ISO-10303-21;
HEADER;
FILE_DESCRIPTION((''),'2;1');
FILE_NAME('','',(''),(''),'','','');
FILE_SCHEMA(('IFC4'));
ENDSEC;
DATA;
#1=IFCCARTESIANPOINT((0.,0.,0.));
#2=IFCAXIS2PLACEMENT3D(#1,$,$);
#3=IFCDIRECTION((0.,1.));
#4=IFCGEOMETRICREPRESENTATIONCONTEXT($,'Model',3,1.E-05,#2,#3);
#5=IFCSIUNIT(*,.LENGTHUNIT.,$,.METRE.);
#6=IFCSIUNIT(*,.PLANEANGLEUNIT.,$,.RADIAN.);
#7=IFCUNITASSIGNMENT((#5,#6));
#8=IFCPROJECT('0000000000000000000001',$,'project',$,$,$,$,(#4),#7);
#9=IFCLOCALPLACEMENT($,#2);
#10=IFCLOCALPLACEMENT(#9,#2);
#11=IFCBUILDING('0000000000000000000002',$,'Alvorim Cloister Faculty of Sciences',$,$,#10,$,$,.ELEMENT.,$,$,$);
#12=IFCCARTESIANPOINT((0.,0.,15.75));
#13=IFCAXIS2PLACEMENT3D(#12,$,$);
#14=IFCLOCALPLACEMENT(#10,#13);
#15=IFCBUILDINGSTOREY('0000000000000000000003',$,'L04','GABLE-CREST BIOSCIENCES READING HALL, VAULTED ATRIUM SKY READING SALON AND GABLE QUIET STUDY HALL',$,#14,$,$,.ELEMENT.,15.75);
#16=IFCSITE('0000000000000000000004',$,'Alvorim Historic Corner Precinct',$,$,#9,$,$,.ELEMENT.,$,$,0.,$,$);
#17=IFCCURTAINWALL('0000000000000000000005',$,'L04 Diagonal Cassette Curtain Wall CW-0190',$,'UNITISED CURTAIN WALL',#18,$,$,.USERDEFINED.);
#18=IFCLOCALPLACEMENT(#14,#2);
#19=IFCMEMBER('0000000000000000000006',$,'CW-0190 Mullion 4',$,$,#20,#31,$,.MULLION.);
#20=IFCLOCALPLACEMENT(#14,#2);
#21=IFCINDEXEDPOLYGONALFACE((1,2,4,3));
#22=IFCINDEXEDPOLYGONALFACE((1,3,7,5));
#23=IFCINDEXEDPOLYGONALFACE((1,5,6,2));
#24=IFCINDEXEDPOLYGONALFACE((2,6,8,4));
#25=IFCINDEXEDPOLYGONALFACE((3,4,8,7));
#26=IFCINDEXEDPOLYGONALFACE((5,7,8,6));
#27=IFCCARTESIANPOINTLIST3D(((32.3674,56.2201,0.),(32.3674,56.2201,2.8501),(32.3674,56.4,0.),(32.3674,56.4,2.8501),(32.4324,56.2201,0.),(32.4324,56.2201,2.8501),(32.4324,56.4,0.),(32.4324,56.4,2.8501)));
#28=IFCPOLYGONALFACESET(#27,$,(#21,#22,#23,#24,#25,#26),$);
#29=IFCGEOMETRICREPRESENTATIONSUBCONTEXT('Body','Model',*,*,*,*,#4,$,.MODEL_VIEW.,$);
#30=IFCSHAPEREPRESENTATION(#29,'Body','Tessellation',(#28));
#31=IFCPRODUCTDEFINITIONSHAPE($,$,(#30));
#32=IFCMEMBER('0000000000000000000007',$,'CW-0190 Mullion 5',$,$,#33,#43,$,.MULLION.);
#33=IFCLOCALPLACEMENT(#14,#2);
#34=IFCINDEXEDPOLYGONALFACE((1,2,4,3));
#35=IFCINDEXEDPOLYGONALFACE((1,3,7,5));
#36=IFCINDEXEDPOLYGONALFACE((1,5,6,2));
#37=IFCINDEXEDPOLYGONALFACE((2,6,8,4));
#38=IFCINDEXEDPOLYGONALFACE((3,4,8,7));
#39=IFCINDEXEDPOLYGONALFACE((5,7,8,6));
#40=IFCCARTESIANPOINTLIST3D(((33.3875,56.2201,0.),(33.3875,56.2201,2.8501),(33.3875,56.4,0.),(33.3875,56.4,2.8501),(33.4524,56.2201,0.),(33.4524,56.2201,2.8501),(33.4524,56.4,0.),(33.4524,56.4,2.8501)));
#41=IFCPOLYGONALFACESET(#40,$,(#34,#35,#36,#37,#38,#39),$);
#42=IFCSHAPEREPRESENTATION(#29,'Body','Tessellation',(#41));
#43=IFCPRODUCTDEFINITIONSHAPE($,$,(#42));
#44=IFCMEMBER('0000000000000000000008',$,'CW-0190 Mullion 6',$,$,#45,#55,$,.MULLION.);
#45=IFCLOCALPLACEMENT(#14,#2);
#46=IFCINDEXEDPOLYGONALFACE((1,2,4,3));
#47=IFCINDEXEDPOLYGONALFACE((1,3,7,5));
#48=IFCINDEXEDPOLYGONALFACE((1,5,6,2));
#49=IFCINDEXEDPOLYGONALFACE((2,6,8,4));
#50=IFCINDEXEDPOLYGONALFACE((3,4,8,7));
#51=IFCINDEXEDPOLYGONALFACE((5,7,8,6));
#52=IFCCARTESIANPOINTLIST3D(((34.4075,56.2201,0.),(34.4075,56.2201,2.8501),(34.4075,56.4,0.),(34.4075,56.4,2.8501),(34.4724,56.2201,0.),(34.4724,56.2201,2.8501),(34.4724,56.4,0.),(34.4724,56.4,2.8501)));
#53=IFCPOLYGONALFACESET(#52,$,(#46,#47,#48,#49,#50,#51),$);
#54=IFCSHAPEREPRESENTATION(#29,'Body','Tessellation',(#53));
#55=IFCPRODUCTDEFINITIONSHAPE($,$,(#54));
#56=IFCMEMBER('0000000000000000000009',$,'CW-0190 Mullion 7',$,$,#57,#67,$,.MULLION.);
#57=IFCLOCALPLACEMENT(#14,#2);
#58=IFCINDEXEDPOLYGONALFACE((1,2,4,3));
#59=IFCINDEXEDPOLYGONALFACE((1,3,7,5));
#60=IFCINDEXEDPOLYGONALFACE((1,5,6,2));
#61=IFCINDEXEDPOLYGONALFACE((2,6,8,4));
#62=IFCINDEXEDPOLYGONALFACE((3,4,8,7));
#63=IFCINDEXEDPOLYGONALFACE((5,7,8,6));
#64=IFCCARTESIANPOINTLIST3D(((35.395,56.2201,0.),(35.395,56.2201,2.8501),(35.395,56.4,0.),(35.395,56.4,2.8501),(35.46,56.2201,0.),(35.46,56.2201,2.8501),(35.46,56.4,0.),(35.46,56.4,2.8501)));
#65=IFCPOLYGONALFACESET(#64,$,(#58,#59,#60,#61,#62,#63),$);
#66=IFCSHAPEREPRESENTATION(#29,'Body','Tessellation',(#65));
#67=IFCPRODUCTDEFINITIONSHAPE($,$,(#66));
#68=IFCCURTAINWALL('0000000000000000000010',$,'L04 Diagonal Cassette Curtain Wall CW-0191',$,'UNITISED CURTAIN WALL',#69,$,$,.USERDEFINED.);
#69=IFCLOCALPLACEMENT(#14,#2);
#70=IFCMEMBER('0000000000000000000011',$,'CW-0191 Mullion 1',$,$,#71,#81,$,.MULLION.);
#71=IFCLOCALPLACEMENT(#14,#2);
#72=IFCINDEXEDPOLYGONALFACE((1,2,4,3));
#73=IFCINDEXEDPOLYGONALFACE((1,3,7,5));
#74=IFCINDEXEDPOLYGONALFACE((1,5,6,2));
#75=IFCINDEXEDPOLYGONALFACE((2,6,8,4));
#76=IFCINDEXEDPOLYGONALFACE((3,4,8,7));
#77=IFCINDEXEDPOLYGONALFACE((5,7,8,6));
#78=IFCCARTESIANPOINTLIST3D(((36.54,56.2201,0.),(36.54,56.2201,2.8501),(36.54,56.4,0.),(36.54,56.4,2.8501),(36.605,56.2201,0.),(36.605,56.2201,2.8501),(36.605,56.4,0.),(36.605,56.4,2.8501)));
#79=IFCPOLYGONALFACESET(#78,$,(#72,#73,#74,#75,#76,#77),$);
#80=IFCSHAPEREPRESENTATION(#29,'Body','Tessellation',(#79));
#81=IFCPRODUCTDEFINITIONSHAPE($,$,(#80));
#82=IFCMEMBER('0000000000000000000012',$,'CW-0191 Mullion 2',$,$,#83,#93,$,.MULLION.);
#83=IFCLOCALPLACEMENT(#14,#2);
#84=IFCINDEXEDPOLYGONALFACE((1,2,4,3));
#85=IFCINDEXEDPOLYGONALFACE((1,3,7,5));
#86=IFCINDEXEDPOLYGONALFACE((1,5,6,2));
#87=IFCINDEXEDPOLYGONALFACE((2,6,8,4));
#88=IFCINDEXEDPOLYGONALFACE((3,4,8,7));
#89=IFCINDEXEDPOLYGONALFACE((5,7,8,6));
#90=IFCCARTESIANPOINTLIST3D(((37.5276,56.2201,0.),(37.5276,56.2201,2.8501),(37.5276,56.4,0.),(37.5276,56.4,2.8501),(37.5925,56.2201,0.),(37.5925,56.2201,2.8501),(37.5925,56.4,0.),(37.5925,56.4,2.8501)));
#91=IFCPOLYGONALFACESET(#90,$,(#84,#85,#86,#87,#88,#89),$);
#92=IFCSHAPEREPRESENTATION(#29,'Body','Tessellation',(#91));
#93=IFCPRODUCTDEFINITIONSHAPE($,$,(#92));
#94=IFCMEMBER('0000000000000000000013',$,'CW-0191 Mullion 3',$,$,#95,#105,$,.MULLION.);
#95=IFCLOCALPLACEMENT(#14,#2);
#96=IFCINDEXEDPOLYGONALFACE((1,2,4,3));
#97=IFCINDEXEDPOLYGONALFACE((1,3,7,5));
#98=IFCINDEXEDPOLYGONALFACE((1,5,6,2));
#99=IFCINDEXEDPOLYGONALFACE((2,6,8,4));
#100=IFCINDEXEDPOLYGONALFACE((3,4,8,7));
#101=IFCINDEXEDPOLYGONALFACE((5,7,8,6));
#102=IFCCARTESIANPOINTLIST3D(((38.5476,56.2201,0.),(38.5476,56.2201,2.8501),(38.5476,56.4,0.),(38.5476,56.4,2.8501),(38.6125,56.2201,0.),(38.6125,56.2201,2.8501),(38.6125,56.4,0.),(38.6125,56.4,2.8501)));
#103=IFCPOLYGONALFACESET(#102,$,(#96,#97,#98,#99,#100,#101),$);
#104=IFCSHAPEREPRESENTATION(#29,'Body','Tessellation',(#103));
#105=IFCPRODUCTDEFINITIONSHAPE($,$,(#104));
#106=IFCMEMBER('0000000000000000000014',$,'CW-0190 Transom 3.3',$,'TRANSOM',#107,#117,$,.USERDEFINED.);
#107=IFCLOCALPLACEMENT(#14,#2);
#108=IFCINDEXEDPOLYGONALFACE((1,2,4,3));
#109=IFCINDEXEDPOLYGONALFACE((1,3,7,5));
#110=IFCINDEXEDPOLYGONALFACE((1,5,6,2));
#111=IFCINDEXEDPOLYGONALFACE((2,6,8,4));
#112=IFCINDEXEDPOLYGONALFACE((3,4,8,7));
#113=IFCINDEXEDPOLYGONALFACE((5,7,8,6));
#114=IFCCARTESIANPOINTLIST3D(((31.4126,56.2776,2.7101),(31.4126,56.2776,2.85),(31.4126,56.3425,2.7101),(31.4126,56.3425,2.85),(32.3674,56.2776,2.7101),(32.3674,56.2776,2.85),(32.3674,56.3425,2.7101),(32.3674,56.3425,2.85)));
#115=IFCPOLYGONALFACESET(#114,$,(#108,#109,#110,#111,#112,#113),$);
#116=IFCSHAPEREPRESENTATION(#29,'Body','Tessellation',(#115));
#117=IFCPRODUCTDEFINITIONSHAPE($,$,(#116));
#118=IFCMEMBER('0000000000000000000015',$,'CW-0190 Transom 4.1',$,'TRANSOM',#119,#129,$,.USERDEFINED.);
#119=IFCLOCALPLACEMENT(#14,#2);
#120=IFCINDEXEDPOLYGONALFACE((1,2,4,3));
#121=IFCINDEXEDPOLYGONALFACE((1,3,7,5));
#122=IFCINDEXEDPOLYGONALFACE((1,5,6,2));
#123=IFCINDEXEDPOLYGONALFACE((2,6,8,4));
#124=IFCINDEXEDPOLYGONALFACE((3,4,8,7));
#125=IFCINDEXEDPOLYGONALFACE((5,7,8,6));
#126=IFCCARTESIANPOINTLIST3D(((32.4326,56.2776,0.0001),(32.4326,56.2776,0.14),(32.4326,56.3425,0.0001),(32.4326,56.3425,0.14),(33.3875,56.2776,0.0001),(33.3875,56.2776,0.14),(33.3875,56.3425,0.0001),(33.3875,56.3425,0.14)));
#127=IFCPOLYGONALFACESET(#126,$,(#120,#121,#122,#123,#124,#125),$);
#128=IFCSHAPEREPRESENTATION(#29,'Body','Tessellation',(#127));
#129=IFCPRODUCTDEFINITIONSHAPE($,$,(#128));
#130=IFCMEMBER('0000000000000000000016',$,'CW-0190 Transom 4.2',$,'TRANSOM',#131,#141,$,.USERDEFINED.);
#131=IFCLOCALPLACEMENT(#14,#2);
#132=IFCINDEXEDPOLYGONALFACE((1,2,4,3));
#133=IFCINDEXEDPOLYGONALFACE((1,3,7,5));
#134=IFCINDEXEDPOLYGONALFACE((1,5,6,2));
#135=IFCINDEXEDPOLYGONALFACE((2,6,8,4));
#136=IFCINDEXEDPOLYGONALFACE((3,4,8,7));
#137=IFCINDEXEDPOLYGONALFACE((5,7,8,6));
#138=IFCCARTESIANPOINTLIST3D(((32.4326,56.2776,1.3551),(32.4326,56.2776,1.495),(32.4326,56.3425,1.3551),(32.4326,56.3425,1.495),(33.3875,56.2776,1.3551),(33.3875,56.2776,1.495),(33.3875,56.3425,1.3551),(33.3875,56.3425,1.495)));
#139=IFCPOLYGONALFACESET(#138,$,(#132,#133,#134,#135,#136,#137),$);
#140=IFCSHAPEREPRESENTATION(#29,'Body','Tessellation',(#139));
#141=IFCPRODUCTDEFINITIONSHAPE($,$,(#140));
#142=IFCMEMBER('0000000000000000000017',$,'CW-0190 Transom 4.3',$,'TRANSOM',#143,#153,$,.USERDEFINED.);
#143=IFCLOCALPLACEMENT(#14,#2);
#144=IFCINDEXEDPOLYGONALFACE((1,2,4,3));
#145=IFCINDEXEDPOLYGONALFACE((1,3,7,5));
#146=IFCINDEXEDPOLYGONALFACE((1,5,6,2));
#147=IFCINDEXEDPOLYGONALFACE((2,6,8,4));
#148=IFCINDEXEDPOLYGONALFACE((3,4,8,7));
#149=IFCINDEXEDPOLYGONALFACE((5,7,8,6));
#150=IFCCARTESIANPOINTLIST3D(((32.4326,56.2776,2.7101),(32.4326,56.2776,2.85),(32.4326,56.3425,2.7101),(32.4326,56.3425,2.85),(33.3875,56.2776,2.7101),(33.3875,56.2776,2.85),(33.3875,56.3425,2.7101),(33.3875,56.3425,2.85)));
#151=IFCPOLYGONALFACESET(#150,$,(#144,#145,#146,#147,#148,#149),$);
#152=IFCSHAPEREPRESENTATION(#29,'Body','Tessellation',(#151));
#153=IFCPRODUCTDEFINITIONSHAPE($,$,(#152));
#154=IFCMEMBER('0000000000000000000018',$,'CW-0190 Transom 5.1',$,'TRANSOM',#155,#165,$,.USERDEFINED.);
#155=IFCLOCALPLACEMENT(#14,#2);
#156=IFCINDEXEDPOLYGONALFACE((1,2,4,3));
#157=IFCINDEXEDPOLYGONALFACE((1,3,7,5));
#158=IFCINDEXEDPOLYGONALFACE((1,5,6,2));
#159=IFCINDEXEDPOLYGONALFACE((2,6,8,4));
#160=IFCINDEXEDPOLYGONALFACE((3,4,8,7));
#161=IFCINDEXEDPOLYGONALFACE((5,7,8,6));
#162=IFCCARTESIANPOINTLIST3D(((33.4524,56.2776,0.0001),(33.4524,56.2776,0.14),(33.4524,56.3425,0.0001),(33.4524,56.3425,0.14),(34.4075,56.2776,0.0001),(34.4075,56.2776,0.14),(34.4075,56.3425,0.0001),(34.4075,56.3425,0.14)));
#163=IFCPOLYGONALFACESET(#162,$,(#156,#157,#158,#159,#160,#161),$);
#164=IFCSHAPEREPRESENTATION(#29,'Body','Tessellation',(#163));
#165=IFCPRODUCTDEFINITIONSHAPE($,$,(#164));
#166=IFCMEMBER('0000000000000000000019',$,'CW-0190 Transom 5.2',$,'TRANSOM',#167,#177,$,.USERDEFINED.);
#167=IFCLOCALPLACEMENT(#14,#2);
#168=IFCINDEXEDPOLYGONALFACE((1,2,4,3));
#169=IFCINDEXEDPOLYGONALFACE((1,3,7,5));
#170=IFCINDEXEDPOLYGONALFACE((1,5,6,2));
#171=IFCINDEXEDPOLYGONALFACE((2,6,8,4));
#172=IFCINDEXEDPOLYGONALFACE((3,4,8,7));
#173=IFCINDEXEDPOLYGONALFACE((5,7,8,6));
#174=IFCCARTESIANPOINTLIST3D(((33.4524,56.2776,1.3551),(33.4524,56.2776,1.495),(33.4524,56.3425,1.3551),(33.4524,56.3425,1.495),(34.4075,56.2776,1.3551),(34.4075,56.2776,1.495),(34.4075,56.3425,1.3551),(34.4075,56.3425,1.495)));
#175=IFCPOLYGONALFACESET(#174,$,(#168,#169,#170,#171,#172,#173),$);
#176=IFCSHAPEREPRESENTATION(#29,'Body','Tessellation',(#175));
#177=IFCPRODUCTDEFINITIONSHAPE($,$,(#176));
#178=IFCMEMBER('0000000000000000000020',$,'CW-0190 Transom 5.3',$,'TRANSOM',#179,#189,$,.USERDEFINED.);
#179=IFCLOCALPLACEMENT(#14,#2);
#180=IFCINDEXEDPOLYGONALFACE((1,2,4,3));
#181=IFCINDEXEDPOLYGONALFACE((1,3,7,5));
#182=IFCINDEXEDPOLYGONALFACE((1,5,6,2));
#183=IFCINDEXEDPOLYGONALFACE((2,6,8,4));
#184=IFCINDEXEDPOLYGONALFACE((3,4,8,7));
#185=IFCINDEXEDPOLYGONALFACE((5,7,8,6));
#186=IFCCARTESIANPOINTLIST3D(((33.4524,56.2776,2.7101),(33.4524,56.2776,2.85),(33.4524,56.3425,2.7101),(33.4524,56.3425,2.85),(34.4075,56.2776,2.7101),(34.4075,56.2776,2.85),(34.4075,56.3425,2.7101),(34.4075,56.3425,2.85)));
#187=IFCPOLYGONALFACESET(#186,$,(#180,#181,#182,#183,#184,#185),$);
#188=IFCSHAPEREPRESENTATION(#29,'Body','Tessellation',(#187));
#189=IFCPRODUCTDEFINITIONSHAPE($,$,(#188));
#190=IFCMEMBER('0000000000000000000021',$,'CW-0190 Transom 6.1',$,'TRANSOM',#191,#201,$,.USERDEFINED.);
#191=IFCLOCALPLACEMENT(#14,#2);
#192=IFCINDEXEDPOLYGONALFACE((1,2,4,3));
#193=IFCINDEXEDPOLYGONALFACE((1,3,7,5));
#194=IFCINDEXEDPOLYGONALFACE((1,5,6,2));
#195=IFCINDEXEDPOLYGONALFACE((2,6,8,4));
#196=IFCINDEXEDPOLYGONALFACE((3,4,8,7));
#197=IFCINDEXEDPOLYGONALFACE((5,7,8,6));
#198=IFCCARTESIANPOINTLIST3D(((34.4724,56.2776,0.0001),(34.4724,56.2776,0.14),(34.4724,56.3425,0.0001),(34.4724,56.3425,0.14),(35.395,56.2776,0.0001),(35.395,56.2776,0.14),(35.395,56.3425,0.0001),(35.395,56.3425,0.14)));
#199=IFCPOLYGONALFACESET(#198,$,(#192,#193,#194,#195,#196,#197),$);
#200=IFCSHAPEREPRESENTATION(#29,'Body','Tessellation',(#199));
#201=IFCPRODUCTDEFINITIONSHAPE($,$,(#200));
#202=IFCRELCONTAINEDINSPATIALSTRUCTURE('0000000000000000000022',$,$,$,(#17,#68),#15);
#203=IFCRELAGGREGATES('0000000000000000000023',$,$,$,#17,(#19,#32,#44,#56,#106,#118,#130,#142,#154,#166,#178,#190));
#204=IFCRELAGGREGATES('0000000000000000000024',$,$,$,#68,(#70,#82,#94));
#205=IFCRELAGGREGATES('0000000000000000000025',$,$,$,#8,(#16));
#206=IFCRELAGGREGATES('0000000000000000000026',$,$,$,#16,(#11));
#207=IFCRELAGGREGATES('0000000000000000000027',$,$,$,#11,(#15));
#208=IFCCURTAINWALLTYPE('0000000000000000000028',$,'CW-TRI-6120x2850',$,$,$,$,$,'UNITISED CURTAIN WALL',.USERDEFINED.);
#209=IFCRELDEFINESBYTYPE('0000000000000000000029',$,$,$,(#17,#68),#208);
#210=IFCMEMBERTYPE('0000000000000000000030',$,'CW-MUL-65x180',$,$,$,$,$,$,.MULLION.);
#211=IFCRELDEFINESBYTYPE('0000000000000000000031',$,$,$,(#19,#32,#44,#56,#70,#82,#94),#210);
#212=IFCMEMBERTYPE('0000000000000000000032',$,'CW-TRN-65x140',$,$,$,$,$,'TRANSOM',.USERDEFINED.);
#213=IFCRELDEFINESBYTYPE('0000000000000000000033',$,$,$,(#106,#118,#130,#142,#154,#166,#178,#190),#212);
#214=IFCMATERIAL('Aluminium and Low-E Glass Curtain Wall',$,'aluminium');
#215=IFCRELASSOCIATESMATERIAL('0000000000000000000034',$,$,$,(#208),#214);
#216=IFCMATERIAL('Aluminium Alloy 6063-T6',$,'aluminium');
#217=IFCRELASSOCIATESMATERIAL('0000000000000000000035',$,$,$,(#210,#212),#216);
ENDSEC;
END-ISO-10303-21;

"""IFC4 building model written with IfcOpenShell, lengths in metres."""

from ifc_helpers import new_model, si_unit, direction, frame, origin, origin_2d, place, context, subcontext, project, spatial, rectangle, extrude, material, material_profile, profile_set, type_object, element, aggregate, save


model = new_model("IFC4")

# Units and contexts
model_context = context("Model", 3, precision=1e-05, world=origin(), true_north=direction((0.0, 1.0)))
body_context = subcontext(model_context, "Body", "Model", "MODEL_VIEW")
ifc_project = project(units=[si_unit("LENGTHUNIT", "METRE"), si_unit("PLANEANGLEUNIT", "RADIAN")], contexts=[model_context])

# Site, building, storey
site_placement = place(None, origin())
site = spatial("IfcSite", under=ifc_project, at=site_placement, Name="Alvorim Historic Corner Precinct", CompositionType="ELEMENT", RefElevation=0.0)
building_placement = place(site_placement, origin())
building = spatial("IfcBuilding", under=site, at=building_placement, Name="Alvorim Cloister Faculty of Sciences", CompositionType="ELEMENT")
storey_placement = place(building_placement, frame((0.0, 0.0, 15.75)))
storey = spatial("IfcBuildingStorey", under=building, at=storey_placement, Name="L04", Description="GABLE-CREST BIOSCIENCES READING HALL, VAULTED ATRIUM SKY READING SALON AND GABLE QUIET STUDY HALL", CompositionType="ELEMENT", Elevation=15.75)

# Curtain walls, members
ifc_material_1 = material(Name="Aluminium and Low-E Glass Curtain Wall", Category="aluminium")
curtain_wall_type = type_object("IfcCurtainWallType", Name="CW-TRI-6120x2850", ElementType="UNITISED CURTAIN WALL", PredefinedType="USERDEFINED", material=ifc_material_1)
curtain_wall_1_placement = place(storey_placement, origin())
curtain_wall_1 = element("IfcCurtainWall", 1, at=curtain_wall_1_placement, inside=storey, type_object=curtain_wall_type, Name="L04 Diagonal Cassette Curtain Wall CW-0190", ObjectType="UNITISED CURTAIN WALL", PredefinedType="USERDEFINED")
ifc_material_2 = material(Name="Aluminium Alloy 6063-T6", Category="aluminium")
ifc_material_profile_1 = material_profile(ifc_material_2, rectangle(XDim=0.0649, YDim=0.1799, at=origin_2d()), Name="ALU-MUL-65x180")
ifc_profile_set_1 = profile_set([ifc_material_profile_1], Name="Aluminium Alloy 6063-T6")
member_type_1 = type_object("IfcMemberType", Name="CW-MUL-65x180", PredefinedType="MULLION", material=ifc_profile_set_1)
member_1_placement = place(storey_placement, frame((32.3999, 56.3101, 0.0), z_axis=(0.0, 0.0, 1.0), x_axis=(1.0, 0.0, 0.0)))
member_1 = element("IfcMember", 2, at=member_1_placement, type_object=member_type_1, Name="CW-0190 Mullion 4", PredefinedType="MULLION", context=body_context, shape_type="SweptSolid", body=[
    extrude(rectangle(XDim=0.0649, YDim=0.1799, at=origin_2d()), origin(), (0.0, 0.0, 1.0), 2.8501),
])
member_2_placement = place(storey_placement, frame((33.4199, 56.3101, 0.0), z_axis=(0.0, 0.0, 1.0), x_axis=(1.0, 0.0, 0.0)))
member_2 = element("IfcMember", 3, at=member_2_placement, type_object=member_type_1, Name="CW-0190 Mullion 5", PredefinedType="MULLION", context=body_context, shape_type="SweptSolid", body=[
    extrude(rectangle(XDim=0.0649, YDim=0.1799, at=origin_2d()), origin(), (0.0, 0.0, 1.0), 2.8501),
])
member_3_placement = place(storey_placement, frame((34.4399, 56.3101, 0.0), z_axis=(0.0, 0.0, 1.0), x_axis=(1.0, 0.0, 0.0)))
member_3 = element("IfcMember", 4, at=member_3_placement, type_object=member_type_1, Name="CW-0190 Mullion 6", PredefinedType="MULLION", context=body_context, shape_type="SweptSolid", body=[
    extrude(rectangle(XDim=0.0649, YDim=0.1799, at=origin_2d()), origin(), (0.0, 0.0, 1.0), 2.8501),
])
member_4_placement = place(storey_placement, frame((35.4275, 56.3101, 0.0), z_axis=(0.0, 0.0, 1.0), x_axis=(1.0, 0.0, 0.0)))
member_4 = element("IfcMember", 5, at=member_4_placement, type_object=member_type_1, Name="CW-0190 Mullion 7", PredefinedType="MULLION", context=body_context, shape_type="SweptSolid", body=[
    extrude(rectangle(XDim=0.0649, YDim=0.1799, at=origin_2d()), origin(), (0.0, 0.0, 1.0), 2.8501),
])
curtain_wall_2_placement = place(storey_placement, origin())
curtain_wall_2 = element("IfcCurtainWall", 6, at=curtain_wall_2_placement, inside=storey, type_object=curtain_wall_type, Name="L04 Diagonal Cassette Curtain Wall CW-0191", ObjectType="UNITISED CURTAIN WALL", PredefinedType="USERDEFINED")
member_5_placement = place(storey_placement, frame((36.5725, 56.3101, 0.0), z_axis=(0.0, 0.0, 1.0), x_axis=(1.0, 0.0, 0.0)))
member_5 = element("IfcMember", 7, at=member_5_placement, type_object=member_type_1, Name="CW-0191 Mullion 1", PredefinedType="MULLION", context=body_context, shape_type="SweptSolid", body=[
    extrude(rectangle(XDim=0.0649, YDim=0.1799, at=origin_2d()), origin(), (0.0, 0.0, 1.0), 2.8501),
])
member_6_placement = place(storey_placement, frame((37.5601, 56.3101, 0.0), z_axis=(0.0, 0.0, 1.0), x_axis=(1.0, 0.0, 0.0)))
member_6 = element("IfcMember", 8, at=member_6_placement, type_object=member_type_1, Name="CW-0191 Mullion 2", PredefinedType="MULLION", context=body_context, shape_type="SweptSolid", body=[
    extrude(rectangle(XDim=0.0649, YDim=0.1799, at=origin_2d()), origin(), (0.0, 0.0, 1.0), 2.8501),
])
member_7_placement = place(storey_placement, frame((38.5801, 56.3101, 0.0), z_axis=(0.0, 0.0, 1.0), x_axis=(1.0, 0.0, 0.0)))
member_7 = element("IfcMember", 9, at=member_7_placement, type_object=member_type_1, Name="CW-0191 Mullion 3", PredefinedType="MULLION", context=body_context, shape_type="SweptSolid", body=[
    extrude(rectangle(XDim=0.0649, YDim=0.1799, at=origin_2d()), origin(), (0.0, 0.0, 1.0), 2.8501),
])

# Members
ifc_material_profile_2 = material_profile(ifc_material_2, rectangle(XDim=0.0649, YDim=0.1399, at=origin_2d()), Name="ALU-TRN-65x140")
ifc_profile_set_2 = profile_set([ifc_material_profile_2], Name="Aluminium Alloy 6063-T6")
member_type_2 = type_object("IfcMemberType", Name="CW-TRN-65x140", ElementType="TRANSOM", PredefinedType="USERDEFINED", material=ifc_profile_set_2)
member_8_placement = place(storey_placement, frame((31.4126, 56.3101, 2.78), z_axis=(1.0, 0.0, 0.0), x_axis=(0.0, 1.0, 0.0)))
member_8 = element("IfcMember", 10, at=member_8_placement, type_object=member_type_2, Name="CW-0190 Transom 3.3", ObjectType="TRANSOM", PredefinedType="USERDEFINED", context=body_context, shape_type="SweptSolid", body=[
    extrude(rectangle(XDim=0.0649, YDim=0.1399, at=origin_2d()), origin(), (0.0, 0.0, 1.0), 0.9548),
])
member_9_placement = place(storey_placement, frame((32.4326, 56.3101, 0.0701), z_axis=(1.0, 0.0, 0.0), x_axis=(0.0, 1.0, 0.0)))
member_9 = element("IfcMember", 11, at=member_9_placement, type_object=member_type_2, Name="CW-0190 Transom 4.1", ObjectType="TRANSOM", PredefinedType="USERDEFINED", context=body_context, shape_type="SweptSolid", body=[
    extrude(rectangle(XDim=0.0649, YDim=0.1399, at=origin_2d()), origin(), (0.0, 0.0, 1.0), 0.9548),
])
member_10_placement = place(storey_placement, frame((32.4326, 56.3101, 1.425), z_axis=(1.0, 0.0, 0.0), x_axis=(0.0, 1.0, 0.0)))
member_10 = element("IfcMember", 12, at=member_10_placement, type_object=member_type_2, Name="CW-0190 Transom 4.2", ObjectType="TRANSOM", PredefinedType="USERDEFINED", context=body_context, shape_type="SweptSolid", body=[
    extrude(rectangle(XDim=0.0649, YDim=0.1399, at=origin_2d()), origin(), (0.0, 0.0, 1.0), 0.9548),
])
member_11_placement = place(storey_placement, frame((32.4326, 56.3101, 2.78), z_axis=(1.0, 0.0, 0.0), x_axis=(0.0, 1.0, 0.0)))
member_11 = element("IfcMember", 13, at=member_11_placement, type_object=member_type_2, Name="CW-0190 Transom 4.3", ObjectType="TRANSOM", PredefinedType="USERDEFINED", context=body_context, shape_type="SweptSolid", body=[
    extrude(rectangle(XDim=0.0649, YDim=0.1399, at=origin_2d()), origin(), (0.0, 0.0, 1.0), 0.9548),
])
member_12_placement = place(storey_placement, frame((33.4524, 56.3101, 0.0701), z_axis=(1.0, 0.0, 0.0), x_axis=(0.0, 1.0, 0.0)))
member_12 = element("IfcMember", 14, at=member_12_placement, type_object=member_type_2, Name="CW-0190 Transom 5.1", ObjectType="TRANSOM", PredefinedType="USERDEFINED", context=body_context, shape_type="SweptSolid", body=[
    extrude(rectangle(XDim=0.0649, YDim=0.1399, at=origin_2d()), origin(), (0.0, 0.0, 1.0), 0.9551),
])
member_13_placement = place(storey_placement, frame((33.4524, 56.3101, 1.425), z_axis=(1.0, 0.0, 0.0), x_axis=(0.0, 1.0, 0.0)))
member_13 = element("IfcMember", 15, at=member_13_placement, type_object=member_type_2, Name="CW-0190 Transom 5.2", ObjectType="TRANSOM", PredefinedType="USERDEFINED", context=body_context, shape_type="SweptSolid", body=[
    extrude(rectangle(XDim=0.0649, YDim=0.1399, at=origin_2d()), origin(), (0.0, 0.0, 1.0), 0.9551),
])
member_14_placement = place(storey_placement, frame((33.4524, 56.3101, 2.78), z_axis=(1.0, 0.0, 0.0), x_axis=(0.0, 1.0, 0.0)))
member_14 = element("IfcMember", 16, at=member_14_placement, type_object=member_type_2, Name="CW-0190 Transom 5.3", ObjectType="TRANSOM", PredefinedType="USERDEFINED", context=body_context, shape_type="SweptSolid", body=[
    extrude(rectangle(XDim=0.0649, YDim=0.1399, at=origin_2d()), origin(), (0.0, 0.0, 1.0), 0.9551),
])
member_15_placement = place(storey_placement, frame((34.4724, 56.3101, 0.0701), z_axis=(1.0, 0.0, 0.0), x_axis=(0.0, 1.0, 0.0)))
member_15 = element("IfcMember", 17, at=member_15_placement, type_object=member_type_2, Name="CW-0190 Transom 6.1", ObjectType="TRANSOM", PredefinedType="USERDEFINED", context=body_context, shape_type="SweptSolid", body=[
    extrude(rectangle(XDim=0.0649, YDim=0.1399, at=origin_2d()), origin(), (0.0, 0.0, 1.0), 0.9226),
])
aggregate(curtain_wall_1, [member_1, member_2, member_3, member_4, member_8, member_9, member_10, member_11, member_12, member_13, member_14, member_15])
aggregate(curtain_wall_2, [member_5, member_6, member_7])

save(model, "model.ifc")
